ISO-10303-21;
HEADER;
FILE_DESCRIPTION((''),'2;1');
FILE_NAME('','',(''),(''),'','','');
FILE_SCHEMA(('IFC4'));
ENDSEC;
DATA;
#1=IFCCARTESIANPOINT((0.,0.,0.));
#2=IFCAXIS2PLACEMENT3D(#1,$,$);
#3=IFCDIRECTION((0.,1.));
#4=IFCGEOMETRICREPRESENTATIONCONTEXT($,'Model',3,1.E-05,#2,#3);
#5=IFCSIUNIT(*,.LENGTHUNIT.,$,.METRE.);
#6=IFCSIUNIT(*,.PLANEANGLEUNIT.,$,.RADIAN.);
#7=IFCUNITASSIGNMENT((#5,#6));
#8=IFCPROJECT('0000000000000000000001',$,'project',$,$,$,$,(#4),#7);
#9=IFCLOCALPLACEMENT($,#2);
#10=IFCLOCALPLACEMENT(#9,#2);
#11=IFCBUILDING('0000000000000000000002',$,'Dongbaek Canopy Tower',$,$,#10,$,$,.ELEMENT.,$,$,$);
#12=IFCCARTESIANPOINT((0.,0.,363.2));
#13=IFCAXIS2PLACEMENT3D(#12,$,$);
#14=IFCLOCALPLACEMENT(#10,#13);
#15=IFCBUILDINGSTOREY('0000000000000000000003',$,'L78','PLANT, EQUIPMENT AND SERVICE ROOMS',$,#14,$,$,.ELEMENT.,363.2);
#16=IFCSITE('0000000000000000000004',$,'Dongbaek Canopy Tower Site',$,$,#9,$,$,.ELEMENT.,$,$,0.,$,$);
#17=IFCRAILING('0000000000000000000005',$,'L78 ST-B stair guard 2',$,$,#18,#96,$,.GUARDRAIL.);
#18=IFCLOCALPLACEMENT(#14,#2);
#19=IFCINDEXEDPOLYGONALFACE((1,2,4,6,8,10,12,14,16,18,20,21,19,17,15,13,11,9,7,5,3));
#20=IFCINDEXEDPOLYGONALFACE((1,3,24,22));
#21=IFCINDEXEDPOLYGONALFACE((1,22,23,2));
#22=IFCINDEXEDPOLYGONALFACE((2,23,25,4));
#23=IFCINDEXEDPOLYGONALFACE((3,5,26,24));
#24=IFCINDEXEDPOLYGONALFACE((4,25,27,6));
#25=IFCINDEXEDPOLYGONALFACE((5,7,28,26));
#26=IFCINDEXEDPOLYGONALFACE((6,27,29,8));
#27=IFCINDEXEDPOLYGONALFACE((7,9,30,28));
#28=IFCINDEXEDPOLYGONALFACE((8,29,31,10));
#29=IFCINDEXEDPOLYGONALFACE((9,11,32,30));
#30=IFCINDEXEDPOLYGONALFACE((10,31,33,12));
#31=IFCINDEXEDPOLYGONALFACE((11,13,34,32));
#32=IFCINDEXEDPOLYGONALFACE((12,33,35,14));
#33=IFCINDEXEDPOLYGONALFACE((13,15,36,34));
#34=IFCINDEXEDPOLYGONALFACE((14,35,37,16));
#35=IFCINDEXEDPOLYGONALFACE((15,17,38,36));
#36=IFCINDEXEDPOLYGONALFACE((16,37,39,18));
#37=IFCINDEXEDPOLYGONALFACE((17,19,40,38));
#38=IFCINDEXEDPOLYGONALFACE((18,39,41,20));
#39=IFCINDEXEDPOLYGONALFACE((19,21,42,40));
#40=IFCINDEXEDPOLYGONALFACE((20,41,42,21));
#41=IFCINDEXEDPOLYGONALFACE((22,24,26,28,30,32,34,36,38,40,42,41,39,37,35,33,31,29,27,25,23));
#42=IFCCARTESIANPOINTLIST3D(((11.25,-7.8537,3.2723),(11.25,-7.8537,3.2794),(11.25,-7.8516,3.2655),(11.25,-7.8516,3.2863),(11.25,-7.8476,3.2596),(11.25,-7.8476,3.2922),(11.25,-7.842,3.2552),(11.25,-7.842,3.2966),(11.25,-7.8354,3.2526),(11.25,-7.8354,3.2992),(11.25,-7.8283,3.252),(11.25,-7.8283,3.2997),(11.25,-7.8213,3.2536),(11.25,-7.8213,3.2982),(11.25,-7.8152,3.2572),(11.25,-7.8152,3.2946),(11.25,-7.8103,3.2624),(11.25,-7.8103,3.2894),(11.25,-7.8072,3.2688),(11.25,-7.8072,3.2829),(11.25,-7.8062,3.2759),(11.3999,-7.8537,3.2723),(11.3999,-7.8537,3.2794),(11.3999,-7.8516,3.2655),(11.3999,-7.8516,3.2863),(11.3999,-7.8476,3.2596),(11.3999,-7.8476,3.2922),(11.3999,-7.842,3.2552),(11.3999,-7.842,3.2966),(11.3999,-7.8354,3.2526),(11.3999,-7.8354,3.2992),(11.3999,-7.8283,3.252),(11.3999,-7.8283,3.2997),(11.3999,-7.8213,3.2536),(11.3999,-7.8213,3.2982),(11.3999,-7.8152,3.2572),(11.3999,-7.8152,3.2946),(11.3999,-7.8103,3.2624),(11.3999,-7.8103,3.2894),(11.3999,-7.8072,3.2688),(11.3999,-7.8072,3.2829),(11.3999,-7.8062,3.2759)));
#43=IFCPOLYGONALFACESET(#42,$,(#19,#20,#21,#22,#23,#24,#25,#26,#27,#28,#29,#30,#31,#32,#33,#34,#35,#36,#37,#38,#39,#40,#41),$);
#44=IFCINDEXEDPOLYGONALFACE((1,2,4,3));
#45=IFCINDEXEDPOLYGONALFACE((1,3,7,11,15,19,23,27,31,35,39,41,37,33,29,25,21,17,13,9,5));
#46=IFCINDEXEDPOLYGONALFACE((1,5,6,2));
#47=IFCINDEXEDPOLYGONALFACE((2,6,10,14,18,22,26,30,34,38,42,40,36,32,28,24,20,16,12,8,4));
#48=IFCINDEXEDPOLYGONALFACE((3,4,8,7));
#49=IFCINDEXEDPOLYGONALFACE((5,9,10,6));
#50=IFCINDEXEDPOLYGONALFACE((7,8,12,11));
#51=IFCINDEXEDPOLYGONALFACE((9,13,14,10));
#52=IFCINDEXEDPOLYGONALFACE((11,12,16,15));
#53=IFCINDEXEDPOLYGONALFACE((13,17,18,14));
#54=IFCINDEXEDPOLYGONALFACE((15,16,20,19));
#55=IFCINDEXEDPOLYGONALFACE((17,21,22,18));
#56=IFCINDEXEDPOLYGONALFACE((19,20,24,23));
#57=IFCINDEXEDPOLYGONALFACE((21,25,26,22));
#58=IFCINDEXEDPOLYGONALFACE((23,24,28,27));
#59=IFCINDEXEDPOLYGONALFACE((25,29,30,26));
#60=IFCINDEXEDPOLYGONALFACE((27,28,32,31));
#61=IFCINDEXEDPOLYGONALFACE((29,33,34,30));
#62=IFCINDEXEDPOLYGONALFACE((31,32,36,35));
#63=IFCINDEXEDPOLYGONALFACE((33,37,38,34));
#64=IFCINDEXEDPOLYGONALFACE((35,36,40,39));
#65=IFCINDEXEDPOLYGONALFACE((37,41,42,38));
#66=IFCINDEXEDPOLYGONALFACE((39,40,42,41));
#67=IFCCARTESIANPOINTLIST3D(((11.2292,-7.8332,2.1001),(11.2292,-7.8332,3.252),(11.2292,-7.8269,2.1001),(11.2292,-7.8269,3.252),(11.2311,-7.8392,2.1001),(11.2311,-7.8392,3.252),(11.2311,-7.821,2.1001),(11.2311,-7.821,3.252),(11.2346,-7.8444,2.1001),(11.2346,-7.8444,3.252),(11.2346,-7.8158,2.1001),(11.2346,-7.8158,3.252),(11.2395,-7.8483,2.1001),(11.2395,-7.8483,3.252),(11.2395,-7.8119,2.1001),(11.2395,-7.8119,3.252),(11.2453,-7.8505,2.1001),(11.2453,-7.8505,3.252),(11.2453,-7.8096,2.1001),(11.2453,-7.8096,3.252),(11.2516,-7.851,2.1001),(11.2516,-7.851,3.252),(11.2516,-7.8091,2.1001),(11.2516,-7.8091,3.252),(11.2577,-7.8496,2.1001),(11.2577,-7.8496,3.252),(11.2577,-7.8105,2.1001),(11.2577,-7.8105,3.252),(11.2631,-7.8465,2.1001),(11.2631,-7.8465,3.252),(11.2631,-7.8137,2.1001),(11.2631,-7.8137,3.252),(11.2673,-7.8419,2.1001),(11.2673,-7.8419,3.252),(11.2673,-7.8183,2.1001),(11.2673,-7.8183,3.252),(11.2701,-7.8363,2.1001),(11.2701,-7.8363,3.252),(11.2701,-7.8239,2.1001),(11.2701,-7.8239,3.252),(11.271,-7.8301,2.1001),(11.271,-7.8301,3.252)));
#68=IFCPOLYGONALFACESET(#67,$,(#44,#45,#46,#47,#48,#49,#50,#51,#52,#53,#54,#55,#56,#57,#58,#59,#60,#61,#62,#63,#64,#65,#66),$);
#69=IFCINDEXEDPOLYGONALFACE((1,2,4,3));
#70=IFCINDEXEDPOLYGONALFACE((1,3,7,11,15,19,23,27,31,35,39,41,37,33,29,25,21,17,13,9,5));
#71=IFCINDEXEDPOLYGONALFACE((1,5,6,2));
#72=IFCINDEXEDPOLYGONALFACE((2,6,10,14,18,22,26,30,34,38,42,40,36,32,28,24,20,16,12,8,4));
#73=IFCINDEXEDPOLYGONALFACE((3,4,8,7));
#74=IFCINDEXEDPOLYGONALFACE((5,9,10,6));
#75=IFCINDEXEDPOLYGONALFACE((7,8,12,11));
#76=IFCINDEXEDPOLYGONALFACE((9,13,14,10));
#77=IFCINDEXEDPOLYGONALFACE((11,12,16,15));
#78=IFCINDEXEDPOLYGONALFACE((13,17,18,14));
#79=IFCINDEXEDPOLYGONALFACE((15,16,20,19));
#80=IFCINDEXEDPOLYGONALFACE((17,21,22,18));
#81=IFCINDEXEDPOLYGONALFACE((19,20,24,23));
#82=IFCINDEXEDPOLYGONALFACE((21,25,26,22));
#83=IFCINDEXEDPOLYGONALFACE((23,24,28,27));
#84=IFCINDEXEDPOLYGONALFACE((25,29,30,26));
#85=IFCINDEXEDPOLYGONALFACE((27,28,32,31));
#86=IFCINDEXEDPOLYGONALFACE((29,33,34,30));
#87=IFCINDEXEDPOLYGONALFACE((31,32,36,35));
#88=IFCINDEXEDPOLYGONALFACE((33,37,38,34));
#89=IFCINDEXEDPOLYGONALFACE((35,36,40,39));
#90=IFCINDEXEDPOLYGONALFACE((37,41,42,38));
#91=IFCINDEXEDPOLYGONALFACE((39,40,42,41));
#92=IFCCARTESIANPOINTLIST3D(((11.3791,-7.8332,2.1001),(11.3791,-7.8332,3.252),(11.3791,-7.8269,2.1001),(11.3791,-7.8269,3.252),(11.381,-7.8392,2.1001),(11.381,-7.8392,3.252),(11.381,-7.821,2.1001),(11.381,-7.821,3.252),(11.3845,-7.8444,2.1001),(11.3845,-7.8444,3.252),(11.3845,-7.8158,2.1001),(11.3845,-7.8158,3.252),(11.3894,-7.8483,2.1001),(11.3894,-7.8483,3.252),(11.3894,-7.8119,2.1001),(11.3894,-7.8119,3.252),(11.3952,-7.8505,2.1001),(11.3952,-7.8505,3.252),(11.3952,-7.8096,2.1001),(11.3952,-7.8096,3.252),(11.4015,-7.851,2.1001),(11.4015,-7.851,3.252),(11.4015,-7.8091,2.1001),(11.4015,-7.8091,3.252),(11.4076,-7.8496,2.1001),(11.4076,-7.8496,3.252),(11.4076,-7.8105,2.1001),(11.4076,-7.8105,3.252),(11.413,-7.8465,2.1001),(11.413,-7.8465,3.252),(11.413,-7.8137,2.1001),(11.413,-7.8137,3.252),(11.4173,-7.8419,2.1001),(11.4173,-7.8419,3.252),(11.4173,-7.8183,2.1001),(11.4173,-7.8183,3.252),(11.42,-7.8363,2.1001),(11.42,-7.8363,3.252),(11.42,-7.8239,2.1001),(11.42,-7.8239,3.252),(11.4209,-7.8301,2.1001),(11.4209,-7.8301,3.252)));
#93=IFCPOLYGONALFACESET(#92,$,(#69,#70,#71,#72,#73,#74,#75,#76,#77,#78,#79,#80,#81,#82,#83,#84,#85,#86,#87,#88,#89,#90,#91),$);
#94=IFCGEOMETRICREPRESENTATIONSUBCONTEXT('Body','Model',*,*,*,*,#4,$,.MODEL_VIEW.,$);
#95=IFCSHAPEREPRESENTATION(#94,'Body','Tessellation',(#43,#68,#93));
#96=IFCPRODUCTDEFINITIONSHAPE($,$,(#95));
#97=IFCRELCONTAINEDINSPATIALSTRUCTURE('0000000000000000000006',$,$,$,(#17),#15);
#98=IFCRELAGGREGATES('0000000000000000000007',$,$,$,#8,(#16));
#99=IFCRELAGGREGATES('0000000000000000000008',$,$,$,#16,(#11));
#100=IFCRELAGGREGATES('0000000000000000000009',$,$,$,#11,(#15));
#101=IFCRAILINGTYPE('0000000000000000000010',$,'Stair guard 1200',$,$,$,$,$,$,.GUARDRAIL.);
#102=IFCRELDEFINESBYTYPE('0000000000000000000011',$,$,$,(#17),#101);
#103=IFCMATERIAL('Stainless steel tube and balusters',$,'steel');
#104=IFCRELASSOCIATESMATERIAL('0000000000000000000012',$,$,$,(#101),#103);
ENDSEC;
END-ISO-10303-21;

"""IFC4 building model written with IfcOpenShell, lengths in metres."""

from ifc_helpers import new_model, si_unit, direction, frame, origin, origin_2d, place, context, subcontext, project, spatial, circle, extrude, material, type_object, element, save


model = new_model("IFC4")

# Units and contexts
model_context = context("Model", 3, precision=1e-05, world=origin(), true_north=direction((0.0, 1.0)))
body_context = subcontext(model_context, "Body", "Model", "MODEL_VIEW")
ifc_project = project(units=[si_unit("LENGTHUNIT", "METRE"), si_unit("PLANEANGLEUNIT", "RADIAN")], contexts=[model_context])

# Site, building, storey
site_placement = place(None, origin())
site = spatial("IfcSite", under=ifc_project, at=site_placement, Name="Dongbaek Canopy Tower Site", CompositionType="ELEMENT", RefElevation=0.0)
building_placement = place(site_placement, origin())
building = spatial("IfcBuilding", under=site, at=building_placement, Name="Dongbaek Canopy Tower", CompositionType="ELEMENT")
storey_placement = place(building_placement, frame((0.0, 0.0, 363.2)))
storey = spatial("IfcBuildingStorey", under=building, at=storey_placement, Name="L78", Description="PLANT, EQUIPMENT AND SERVICE ROOMS", CompositionType="ELEMENT", Elevation=363.2)

# Railing
ifc_material_1 = material(Name="Stainless steel tube and balusters", Category="steel")
railing_type_1 = type_object("IfcRailingType", Name="Stair guard 1200", PredefinedType="GUARDRAIL", material=ifc_material_1)
railing_1_placement = place(storey_placement, frame((11.25, -7.8301, 2.1001)))
element("IfcRailing", 1, at=railing_1_placement, inside=storey, type_object=railing_type_1, Name="L78 ST-B stair guard 2", PredefinedType="GUARDRAIL", context=body_context, shape_type="SweptSolid", body=[
    extrude(circle(Radius=0.0239, at=origin_2d()), frame((0.0, 0.0, 1.1758), z_axis=(1.0, 0.0, 0.0), x_axis=(0.0, 1.0, 0.0)), (0.0, 0.0, 1.0), 0.1499),
    extrude(circle(Radius=0.021, at=origin_2d()), origin(), (0.0, 0.0, 1.0), 1.1519),
    extrude(circle(Radius=0.021, at=origin_2d()), frame((0.1499, 0.0, 0.0)), (0.0, 0.0, 1.0), 1.1519),
])

save(model, "model.ifc")
